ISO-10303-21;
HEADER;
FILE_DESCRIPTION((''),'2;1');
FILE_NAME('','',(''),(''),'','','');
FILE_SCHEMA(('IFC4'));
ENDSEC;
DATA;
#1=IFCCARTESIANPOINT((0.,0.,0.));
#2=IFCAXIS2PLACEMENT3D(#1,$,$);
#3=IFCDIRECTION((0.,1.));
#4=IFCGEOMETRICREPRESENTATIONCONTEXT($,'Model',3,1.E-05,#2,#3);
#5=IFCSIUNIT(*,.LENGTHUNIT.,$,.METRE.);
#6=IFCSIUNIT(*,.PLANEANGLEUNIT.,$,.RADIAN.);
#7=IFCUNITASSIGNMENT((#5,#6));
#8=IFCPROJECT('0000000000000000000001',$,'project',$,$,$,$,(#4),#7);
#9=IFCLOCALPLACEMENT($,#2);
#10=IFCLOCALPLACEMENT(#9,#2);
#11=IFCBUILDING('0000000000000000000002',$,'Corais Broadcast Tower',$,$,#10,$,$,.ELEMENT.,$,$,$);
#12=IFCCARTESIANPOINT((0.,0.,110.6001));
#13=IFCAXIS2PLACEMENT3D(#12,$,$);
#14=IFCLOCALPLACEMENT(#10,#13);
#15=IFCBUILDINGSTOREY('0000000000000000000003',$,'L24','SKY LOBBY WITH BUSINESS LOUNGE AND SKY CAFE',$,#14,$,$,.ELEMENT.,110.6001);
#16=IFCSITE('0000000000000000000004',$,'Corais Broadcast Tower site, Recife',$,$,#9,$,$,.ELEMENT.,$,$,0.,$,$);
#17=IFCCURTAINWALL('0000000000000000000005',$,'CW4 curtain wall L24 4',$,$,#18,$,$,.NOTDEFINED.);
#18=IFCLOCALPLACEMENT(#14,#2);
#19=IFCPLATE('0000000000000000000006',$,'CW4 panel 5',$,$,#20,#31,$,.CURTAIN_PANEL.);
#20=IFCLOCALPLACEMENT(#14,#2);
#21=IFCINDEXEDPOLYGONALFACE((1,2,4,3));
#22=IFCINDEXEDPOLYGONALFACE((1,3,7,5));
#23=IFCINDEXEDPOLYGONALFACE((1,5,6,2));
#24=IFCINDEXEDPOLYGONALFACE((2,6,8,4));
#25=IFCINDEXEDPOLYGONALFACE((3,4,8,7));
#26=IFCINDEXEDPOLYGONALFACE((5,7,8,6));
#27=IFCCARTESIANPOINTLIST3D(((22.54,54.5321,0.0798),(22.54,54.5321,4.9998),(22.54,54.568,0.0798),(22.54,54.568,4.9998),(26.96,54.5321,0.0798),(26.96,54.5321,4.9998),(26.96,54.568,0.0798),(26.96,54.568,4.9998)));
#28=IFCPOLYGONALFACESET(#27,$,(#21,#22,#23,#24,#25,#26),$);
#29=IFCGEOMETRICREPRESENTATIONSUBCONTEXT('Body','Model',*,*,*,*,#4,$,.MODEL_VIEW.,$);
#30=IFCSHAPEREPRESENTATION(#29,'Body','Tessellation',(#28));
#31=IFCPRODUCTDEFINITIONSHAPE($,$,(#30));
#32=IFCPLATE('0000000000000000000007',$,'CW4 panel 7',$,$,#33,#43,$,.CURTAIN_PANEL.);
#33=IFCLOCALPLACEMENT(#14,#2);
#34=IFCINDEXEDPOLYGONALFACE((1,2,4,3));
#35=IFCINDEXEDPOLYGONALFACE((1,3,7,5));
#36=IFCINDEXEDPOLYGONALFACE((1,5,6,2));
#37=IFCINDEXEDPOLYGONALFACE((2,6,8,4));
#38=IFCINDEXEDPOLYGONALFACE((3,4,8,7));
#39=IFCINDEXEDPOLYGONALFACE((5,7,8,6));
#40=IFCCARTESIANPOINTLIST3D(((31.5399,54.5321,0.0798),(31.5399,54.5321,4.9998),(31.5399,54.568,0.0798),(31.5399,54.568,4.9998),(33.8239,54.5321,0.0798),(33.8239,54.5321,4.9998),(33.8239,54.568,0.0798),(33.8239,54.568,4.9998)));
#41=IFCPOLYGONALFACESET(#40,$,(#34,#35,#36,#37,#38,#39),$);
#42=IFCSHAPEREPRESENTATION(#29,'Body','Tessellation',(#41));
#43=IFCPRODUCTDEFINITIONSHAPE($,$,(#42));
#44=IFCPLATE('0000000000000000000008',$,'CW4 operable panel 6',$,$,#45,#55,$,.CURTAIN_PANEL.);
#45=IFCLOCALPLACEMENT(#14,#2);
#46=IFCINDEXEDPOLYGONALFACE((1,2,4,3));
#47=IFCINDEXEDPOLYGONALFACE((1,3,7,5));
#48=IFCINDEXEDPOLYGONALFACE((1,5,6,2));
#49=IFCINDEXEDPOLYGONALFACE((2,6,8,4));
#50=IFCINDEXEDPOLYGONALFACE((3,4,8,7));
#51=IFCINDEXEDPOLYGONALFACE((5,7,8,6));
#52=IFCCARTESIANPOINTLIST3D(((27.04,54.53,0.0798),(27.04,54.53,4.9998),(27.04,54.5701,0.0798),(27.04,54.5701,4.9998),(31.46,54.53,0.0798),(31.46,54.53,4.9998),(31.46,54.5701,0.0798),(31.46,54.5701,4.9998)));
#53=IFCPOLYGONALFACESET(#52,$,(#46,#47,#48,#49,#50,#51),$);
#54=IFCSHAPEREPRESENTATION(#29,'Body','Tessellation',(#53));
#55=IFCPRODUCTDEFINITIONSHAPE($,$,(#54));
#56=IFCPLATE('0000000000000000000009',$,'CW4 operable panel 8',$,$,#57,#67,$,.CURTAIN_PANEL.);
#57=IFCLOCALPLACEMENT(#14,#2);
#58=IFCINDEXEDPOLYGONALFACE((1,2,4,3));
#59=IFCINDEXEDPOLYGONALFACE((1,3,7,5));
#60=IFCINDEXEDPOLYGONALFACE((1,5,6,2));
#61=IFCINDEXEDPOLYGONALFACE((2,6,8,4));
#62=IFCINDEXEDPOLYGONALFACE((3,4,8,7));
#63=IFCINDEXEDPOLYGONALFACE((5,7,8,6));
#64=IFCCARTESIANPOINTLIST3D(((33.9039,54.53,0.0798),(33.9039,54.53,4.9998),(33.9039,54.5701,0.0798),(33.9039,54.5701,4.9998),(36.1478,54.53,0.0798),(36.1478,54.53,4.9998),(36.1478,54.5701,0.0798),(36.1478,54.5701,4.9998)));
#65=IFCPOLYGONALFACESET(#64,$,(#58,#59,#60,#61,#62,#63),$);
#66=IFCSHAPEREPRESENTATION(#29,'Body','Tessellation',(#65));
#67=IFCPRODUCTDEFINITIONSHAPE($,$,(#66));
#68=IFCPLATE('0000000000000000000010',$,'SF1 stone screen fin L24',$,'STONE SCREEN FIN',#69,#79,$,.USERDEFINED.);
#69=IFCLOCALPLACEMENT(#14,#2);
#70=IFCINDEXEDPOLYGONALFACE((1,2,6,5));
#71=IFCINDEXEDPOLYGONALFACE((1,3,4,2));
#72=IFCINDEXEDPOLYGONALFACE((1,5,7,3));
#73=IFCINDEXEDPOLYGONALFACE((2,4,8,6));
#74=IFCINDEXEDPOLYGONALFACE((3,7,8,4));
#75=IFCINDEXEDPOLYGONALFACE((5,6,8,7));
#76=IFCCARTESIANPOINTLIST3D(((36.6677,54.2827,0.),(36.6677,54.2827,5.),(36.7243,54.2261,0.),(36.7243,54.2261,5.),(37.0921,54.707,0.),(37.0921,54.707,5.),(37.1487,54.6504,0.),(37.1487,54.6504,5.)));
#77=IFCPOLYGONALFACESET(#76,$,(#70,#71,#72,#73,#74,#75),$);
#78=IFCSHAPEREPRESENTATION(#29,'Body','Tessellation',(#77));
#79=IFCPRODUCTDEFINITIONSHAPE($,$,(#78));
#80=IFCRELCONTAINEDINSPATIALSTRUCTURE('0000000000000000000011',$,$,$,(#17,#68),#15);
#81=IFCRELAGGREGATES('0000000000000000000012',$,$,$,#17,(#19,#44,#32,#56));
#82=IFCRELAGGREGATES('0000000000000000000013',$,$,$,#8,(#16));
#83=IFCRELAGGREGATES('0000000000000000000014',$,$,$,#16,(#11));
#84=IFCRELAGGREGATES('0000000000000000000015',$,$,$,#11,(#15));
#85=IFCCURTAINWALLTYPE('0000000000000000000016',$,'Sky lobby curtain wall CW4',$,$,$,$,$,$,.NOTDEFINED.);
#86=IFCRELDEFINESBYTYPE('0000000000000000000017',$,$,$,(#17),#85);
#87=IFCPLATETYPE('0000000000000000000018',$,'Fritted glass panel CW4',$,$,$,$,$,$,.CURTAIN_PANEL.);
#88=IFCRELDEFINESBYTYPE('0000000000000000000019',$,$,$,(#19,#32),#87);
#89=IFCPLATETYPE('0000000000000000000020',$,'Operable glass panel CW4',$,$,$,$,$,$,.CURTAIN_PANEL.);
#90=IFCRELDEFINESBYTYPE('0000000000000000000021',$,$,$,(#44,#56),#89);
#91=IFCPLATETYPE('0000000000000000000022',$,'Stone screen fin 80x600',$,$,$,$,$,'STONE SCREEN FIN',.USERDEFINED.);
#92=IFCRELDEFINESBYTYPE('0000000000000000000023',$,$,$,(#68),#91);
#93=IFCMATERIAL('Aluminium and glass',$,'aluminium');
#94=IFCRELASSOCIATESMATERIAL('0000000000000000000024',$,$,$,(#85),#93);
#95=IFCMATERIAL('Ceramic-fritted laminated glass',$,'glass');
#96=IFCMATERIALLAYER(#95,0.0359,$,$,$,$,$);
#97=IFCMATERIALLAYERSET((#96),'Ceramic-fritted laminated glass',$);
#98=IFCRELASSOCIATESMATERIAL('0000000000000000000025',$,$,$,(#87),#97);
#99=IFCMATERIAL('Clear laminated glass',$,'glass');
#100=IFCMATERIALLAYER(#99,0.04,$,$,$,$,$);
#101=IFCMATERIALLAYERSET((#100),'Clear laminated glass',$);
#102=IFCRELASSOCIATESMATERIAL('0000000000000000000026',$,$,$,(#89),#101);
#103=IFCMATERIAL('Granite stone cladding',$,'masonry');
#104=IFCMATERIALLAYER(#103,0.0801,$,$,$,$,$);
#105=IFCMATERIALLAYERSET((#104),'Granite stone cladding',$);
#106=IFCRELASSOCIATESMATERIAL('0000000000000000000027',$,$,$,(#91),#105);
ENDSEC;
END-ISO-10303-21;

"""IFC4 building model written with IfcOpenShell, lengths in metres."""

from ifc_helpers import new_model, si_unit, direction, frame, origin, origin_2d, place, context, subcontext, project, spatial, rectangle, extrude, material, layer, layer_set, type_object, element, aggregate, save


model = new_model("IFC4")

# Units and contexts
model_context = context("Model", 3, precision=1e-05, world=origin(), true_north=direction((0.0, 1.0)))
body_context = subcontext(model_context, "Body", "Model", "MODEL_VIEW")
ifc_project = project(units=[si_unit("LENGTHUNIT", "METRE"), si_unit("PLANEANGLEUNIT", "RADIAN")], contexts=[model_context])

# Site, building, storey
site_placement = place(None, origin())
site = spatial("IfcSite", under=ifc_project, at=site_placement, Name="Corais Broadcast Tower site, Recife", CompositionType="ELEMENT", RefElevation=0.0)
building_placement = place(site_placement, origin())
building = spatial("IfcBuilding", under=site, at=building_placement, Name="Corais Broadcast Tower", CompositionType="ELEMENT")
storey_placement = place(building_placement, frame((0.0, 0.0, 110.6001)))
storey = spatial("IfcBuildingStorey", under=building, at=storey_placement, Name="L24", Description="SKY LOBBY WITH BUSINESS LOUNGE AND SKY CAFE", CompositionType="ELEMENT", Elevation=110.6001)

# Curtain wall
ifc_material_1 = material(Name="Aluminium and glass", Category="aluminium")
curtain_wall_type = type_object("IfcCurtainWallType", Name="Sky lobby curtain wall CW4", PredefinedType="NOTDEFINED", material=ifc_material_1)
curtain_wall_1_placement = place(storey_placement, origin())
curtain_wall_1 = element("IfcCurtainWall", 1, at=curtain_wall_1_placement, inside=storey, type_object=curtain_wall_type, Name="CW4 curtain wall L24 4", PredefinedType="NOTDEFINED")

# Plates
ifc_material_2 = material(Name="Ceramic-fritted laminated glass", Category="glass")
ifc_layer_1 = layer(ifc_material_2, 0.0359)
ifc_layer_set_1 = layer_set([ifc_layer_1], Name="Ceramic-fritted laminated glass")
plate_type_1 = type_object("IfcPlateType", Name="Fritted glass panel CW4", PredefinedType="CURTAIN_PANEL", material=ifc_layer_set_1)
plate_1_placement = place(storey_placement, frame((24.75, 54.55, 0.0798), z_axis=(0.0, 0.0, 1.0), x_axis=(1.0, 0.0, 0.0)))
plate_1 = element("IfcPlate", 2, at=plate_1_placement, type_object=plate_type_1, Name="CW4 panel 5", PredefinedType="CURTAIN_PANEL", context=body_context, shape_type="SweptSolid", body=[
    extrude(rectangle(XDim=4.4199, YDim=0.0359, at=origin_2d()), origin(), (0.0, 0.0, 1.0), 4.9199),
])
plate_2_placement = place(storey_placement, frame((32.6819, 54.55, 0.0798), z_axis=(0.0, 0.0, 1.0), x_axis=(1.0, 0.0, 0.0)))
plate_2 = element("IfcPlate", 3, at=plate_2_placement, type_object=plate_type_1, Name="CW4 panel 7", PredefinedType="CURTAIN_PANEL", context=body_context, shape_type="SweptSolid", body=[
    extrude(rectangle(XDim=2.2839, YDim=0.0359, at=origin_2d()), origin(), (0.0, 0.0, 1.0), 4.9199),
])
ifc_material_3 = material(Name="Clear laminated glass", Category="glass")
ifc_layer_2 = layer(ifc_material_3, 0.04)
ifc_layer_set_2 = layer_set([ifc_layer_2], Name="Clear laminated glass")
plate_type_2 = type_object("IfcPlateType", Name="Operable glass panel CW4", PredefinedType="CURTAIN_PANEL", material=ifc_layer_set_2)
plate_3_placement = place(storey_placement, frame((29.25, 54.55, 0.0798), z_axis=(0.0, 0.0, 1.0), x_axis=(1.0, 0.0, 0.0)))
plate_3 = element("IfcPlate", 4, at=plate_3_placement, type_object=plate_type_2, Name="CW4 operable panel 6", PredefinedType="CURTAIN_PANEL", context=body_context, shape_type="SweptSolid", body=[
    extrude(rectangle(XDim=4.4199, YDim=0.04, at=origin_2d()), origin(), (0.0, 0.0, 1.0), 4.9199),
])
plate_4_placement = place(storey_placement, frame((35.0259, 54.55, 0.0798), z_axis=(0.0, 0.0, 1.0), x_axis=(1.0, 0.0, 0.0)))
plate_4 = element("IfcPlate", 5, at=plate_4_placement, type_object=plate_type_2, Name="CW4 operable panel 8", PredefinedType="CURTAIN_PANEL", context=body_context, shape_type="SweptSolid", body=[
    extrude(rectangle(XDim=2.2439, YDim=0.04, at=origin_2d()), origin(), (0.0, 0.0, 1.0), 4.9199),
])
aggregate(curtain_wall_1, [plate_1, plate_3, plate_2, plate_4])
ifc_material_4 = material(Name="Granite stone cladding", Category="masonry")
ifc_layer_3 = layer(ifc_material_4, 0.0801)
ifc_layer_set_3 = layer_set([ifc_layer_3], Name="Granite stone cladding")
plate_type_3 = type_object("IfcPlateType", Name="Stone screen fin 80x600", ElementType="STONE SCREEN FIN", PredefinedType="USERDEFINED", material=ifc_layer_set_3)
plate_5_placement = place(storey_placement, frame((36.9082, 54.4666, 0.0), z_axis=(0.0, 0.0, 1.0), x_axis=(0.707107, -0.707107, 0.0)))
element("IfcPlate", 6, at=plate_5_placement, inside=storey, type_object=plate_type_3, Name="SF1 stone screen fin L24", ObjectType="STONE SCREEN FIN", PredefinedType="USERDEFINED", context=body_context, shape_type="SweptSolid", body=[
    extrude(rectangle(XDim=0.0801, YDim=0.6001, at=origin_2d()), origin(), (0.0, 0.0, 1.0), 5.0),
])

save(model, "model.ifc")
